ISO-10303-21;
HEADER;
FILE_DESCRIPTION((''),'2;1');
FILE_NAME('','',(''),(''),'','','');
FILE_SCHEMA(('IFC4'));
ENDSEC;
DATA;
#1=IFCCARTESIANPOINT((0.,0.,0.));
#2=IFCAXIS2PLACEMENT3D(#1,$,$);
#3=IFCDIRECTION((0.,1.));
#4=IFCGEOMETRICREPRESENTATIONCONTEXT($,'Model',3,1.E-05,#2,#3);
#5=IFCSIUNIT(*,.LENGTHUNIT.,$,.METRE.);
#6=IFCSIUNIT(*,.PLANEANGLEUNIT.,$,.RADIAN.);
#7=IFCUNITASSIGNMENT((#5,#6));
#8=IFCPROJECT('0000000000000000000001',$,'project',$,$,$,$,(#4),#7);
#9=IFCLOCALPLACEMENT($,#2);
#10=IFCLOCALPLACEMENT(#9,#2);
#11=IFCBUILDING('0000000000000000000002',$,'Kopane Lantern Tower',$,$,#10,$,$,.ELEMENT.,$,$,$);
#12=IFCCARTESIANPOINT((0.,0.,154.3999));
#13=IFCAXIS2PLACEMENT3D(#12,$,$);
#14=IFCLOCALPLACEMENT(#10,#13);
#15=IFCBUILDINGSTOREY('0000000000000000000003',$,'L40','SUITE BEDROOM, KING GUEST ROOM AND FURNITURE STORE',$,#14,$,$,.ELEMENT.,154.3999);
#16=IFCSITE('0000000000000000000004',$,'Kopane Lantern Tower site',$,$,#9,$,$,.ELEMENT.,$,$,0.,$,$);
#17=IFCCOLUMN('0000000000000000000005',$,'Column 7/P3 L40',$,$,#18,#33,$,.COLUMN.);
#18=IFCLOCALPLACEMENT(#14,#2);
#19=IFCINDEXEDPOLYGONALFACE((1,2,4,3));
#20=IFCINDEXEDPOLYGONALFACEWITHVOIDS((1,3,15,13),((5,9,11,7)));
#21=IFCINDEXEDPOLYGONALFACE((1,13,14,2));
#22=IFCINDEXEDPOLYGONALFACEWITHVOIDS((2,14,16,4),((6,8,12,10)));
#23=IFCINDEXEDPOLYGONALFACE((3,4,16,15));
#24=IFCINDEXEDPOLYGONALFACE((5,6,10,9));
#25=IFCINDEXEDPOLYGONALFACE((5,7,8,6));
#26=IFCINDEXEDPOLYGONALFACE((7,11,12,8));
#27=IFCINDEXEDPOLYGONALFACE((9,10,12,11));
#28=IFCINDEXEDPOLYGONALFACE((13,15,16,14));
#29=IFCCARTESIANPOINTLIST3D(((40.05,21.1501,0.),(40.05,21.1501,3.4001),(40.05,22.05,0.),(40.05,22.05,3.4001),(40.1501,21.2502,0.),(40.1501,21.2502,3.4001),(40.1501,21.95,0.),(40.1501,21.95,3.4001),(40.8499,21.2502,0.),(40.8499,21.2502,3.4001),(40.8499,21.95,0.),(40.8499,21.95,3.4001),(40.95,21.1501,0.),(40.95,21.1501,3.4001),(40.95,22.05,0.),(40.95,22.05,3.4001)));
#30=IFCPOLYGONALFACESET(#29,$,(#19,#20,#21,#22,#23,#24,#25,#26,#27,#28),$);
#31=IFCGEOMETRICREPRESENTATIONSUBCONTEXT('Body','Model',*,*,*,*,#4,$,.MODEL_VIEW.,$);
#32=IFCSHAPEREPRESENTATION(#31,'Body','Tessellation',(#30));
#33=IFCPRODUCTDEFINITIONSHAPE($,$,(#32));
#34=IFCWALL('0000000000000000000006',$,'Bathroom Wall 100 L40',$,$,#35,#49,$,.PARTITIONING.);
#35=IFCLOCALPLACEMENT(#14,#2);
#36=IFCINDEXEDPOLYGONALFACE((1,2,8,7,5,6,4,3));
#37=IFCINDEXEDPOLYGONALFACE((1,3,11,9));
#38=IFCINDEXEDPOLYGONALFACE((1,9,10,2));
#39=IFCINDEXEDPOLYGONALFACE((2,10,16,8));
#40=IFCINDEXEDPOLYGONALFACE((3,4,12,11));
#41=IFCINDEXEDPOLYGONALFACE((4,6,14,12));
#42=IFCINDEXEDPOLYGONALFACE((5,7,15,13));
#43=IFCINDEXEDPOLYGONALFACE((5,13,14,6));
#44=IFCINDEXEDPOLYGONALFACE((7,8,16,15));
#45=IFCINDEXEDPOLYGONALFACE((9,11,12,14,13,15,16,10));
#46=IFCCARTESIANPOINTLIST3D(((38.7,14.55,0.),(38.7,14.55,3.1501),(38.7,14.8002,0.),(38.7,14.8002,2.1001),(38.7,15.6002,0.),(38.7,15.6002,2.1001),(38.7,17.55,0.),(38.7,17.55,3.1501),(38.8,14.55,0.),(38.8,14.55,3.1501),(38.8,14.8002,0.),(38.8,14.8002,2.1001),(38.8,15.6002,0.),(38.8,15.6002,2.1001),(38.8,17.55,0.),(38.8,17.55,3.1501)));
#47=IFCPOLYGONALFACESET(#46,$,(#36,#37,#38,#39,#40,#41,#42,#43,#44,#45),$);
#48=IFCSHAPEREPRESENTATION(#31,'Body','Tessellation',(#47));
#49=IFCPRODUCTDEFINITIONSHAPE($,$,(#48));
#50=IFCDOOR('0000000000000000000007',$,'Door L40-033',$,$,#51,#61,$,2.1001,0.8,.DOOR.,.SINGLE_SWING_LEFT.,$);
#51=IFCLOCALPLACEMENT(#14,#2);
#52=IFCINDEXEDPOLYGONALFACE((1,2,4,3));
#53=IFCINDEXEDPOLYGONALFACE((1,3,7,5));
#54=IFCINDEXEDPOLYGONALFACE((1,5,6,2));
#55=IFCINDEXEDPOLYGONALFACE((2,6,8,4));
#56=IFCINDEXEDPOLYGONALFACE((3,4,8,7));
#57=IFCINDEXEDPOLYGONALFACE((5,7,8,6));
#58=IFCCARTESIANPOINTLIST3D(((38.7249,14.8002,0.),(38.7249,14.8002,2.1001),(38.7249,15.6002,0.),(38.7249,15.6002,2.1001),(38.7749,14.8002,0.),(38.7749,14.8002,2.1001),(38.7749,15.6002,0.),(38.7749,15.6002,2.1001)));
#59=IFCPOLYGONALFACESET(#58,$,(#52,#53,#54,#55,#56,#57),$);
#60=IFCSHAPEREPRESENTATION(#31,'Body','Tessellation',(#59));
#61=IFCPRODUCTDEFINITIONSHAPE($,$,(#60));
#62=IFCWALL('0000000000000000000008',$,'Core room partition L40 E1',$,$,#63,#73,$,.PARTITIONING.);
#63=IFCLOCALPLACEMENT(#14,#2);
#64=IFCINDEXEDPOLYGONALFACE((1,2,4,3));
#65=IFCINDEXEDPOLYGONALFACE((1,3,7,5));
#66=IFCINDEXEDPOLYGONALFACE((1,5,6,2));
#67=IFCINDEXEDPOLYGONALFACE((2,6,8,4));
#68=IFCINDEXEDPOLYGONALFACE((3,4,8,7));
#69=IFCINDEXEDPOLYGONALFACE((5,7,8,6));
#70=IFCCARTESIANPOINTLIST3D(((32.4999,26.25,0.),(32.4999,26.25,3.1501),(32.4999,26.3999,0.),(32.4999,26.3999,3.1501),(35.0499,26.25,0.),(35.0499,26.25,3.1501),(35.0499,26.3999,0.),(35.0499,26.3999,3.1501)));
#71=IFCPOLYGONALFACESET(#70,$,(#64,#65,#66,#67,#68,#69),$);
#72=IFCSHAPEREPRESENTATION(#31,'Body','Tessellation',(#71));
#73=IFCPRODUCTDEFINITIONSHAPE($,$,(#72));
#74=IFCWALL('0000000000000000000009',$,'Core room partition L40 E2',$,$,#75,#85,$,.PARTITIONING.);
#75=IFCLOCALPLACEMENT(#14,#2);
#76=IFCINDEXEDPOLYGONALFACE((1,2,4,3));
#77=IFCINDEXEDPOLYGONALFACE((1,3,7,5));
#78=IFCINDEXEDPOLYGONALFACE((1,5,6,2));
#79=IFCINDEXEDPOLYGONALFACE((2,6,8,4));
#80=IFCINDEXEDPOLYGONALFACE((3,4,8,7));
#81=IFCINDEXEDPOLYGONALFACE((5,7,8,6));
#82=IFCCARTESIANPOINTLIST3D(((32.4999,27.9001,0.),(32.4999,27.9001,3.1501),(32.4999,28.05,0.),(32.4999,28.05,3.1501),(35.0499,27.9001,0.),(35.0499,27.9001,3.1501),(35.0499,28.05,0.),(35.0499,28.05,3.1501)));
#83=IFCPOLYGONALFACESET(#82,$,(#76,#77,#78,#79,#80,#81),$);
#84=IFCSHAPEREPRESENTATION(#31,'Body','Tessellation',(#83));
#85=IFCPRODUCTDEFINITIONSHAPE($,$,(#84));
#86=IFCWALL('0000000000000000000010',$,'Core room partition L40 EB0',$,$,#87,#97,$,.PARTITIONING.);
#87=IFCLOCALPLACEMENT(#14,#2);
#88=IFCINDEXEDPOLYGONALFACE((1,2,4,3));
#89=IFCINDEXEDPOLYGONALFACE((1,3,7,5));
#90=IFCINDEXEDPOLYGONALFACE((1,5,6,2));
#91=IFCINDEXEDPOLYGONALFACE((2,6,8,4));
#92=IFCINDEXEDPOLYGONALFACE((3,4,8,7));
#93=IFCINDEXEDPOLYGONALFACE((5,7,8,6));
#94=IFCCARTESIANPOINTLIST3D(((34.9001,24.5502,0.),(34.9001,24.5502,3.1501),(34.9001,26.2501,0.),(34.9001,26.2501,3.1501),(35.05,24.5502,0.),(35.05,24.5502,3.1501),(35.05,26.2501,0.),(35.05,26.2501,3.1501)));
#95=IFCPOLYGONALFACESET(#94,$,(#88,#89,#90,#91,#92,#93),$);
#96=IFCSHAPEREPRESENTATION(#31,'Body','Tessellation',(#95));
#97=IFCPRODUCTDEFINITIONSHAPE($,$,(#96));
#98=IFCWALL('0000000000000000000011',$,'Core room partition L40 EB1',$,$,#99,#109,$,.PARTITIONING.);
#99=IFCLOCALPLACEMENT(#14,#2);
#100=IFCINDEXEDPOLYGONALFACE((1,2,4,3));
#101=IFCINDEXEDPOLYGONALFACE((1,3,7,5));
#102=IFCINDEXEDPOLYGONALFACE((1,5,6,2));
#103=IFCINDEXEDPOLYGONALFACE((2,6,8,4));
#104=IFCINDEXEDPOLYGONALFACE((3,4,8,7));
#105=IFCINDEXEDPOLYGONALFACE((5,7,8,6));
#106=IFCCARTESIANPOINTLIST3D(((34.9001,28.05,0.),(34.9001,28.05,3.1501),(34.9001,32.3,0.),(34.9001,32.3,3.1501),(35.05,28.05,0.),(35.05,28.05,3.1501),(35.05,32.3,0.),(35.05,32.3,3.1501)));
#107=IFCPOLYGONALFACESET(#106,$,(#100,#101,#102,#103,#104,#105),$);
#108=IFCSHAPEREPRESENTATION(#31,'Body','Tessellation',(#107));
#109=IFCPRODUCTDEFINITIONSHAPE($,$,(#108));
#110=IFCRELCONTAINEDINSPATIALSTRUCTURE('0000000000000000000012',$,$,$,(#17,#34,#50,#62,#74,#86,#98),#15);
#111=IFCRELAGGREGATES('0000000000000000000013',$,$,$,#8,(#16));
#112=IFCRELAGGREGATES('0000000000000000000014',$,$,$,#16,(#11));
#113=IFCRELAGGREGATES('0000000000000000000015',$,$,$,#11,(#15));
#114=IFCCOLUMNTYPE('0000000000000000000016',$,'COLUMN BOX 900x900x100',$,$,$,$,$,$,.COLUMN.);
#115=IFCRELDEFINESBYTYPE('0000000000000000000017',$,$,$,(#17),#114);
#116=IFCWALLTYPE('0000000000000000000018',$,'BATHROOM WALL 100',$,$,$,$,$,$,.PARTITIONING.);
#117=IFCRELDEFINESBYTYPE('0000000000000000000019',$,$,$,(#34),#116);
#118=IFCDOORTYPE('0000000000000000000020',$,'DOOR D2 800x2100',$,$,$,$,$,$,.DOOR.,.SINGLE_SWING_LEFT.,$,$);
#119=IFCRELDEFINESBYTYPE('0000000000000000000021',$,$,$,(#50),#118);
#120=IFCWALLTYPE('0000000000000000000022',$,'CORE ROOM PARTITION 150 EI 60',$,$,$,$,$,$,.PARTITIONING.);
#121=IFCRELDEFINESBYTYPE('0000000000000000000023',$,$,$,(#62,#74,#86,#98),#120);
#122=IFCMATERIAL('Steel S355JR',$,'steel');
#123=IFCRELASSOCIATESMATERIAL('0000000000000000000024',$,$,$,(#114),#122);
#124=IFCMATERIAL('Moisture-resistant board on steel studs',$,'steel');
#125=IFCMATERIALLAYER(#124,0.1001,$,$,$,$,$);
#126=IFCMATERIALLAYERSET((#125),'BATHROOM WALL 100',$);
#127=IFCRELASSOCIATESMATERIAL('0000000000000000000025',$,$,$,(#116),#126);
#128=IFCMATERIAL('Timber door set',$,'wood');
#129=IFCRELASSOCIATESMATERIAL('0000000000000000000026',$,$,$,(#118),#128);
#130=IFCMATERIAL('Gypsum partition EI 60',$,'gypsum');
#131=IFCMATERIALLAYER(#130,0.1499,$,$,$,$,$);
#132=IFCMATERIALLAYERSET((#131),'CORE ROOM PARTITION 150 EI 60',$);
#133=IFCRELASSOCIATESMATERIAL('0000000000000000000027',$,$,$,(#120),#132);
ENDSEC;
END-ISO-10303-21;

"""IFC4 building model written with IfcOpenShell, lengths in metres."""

from ifc_helpers import new_model, si_unit, direction, frame, frame_2d, origin, origin_2d, place, context, subcontext, project, spatial, rectangle, hollow_rectangle, extrude, material, layer, layer_set, material_profile, profile_set, type_object, element, fill, save


model = new_model("IFC4")

# Units and contexts
model_context = context("Model", 3, precision=1e-05, world=origin(), true_north=direction((0.0, 1.0)))
body_context = subcontext(model_context, "Body", "Model", "MODEL_VIEW")
ifc_project = project(units=[si_unit("LENGTHUNIT", "METRE"), si_unit("PLANEANGLEUNIT", "RADIAN")], contexts=[model_context])

# Site, building, storey
site_placement = place(None, origin())
site = spatial("IfcSite", under=ifc_project, at=site_placement, Name="Kopane Lantern Tower site", CompositionType="ELEMENT", RefElevation=0.0)
building_placement = place(site_placement, origin())
building = spatial("IfcBuilding", under=site, at=building_placement, Name="Kopane Lantern Tower", CompositionType="ELEMENT")
storey_placement = place(building_placement, frame((0.0, 0.0, 154.3999)))
storey = spatial("IfcBuildingStorey", under=building, at=storey_placement, Name="L40", Description="SUITE BEDROOM, KING GUEST ROOM AND FURNITURE STORE", CompositionType="ELEMENT", Elevation=154.3999)

# Column
ifc_material_1 = material(Name="Steel S355JR", Category="steel")
ifc_material_profile = material_profile(ifc_material_1, hollow_rectangle(XDim=0.8999, YDim=0.8999, WallThickness=0.1001, at=origin_2d()), Name="BOX 900x900x100")
ifc_profile_set = profile_set([ifc_material_profile], Name="Steel S355JR")
column_type = type_object("IfcColumnType", Name="COLUMN BOX 900x900x100", PredefinedType="COLUMN", material=ifc_profile_set)
column_placement = place(storey_placement, frame((40.5, 21.6001, 0.0), z_axis=(0.0, 0.0, 1.0), x_axis=(1.0, 0.0, 0.0)))
element("IfcColumn", 1, at=column_placement, inside=storey, type_object=column_type, Name="Column 7/P3 L40", PredefinedType="COLUMN", context=body_context, shape_type="SweptSolid", body=[
    extrude(hollow_rectangle(XDim=0.8999, YDim=0.8999, WallThickness=0.1001, at=origin_2d()), origin(), (0.0, 0.0, 1.0), 3.4001),
])

# Wall, opening, door
ifc_material_2 = material(Name="Moisture-resistant board on steel studs", Category="steel")
ifc_layer_1 = layer(ifc_material_2, 0.1001)
ifc_layer_set_1 = layer_set([ifc_layer_1], Name="BATHROOM WALL 100")
wall_type_1 = type_object("IfcWallType", Name="BATHROOM WALL 100", PredefinedType="PARTITIONING", material=ifc_layer_set_1)
wall_1_placement = place(storey_placement, frame((38.75, 17.55, 0.0), z_axis=(0.0, 0.0, 1.0), x_axis=(0.0, -1.0, 0.0)))
wall_1 = element("IfcWall", 2, at=wall_1_placement, inside=storey, type_object=wall_type_1, Name="Bathroom Wall 100 L40", PredefinedType="PARTITIONING", context=body_context, shape_type="SweptSolid", body=[
    extrude(rectangle(XDim=3.0, YDim=0.1001, at=frame_2d((1.5, 0.0))), origin(), (0.0, 0.0, 1.0), 3.1501),
])
opening_1_placement = place(wall_1_placement, frame((1.95, 0.0, 0.0)))
opening_1 = element("IfcOpeningElement", 3, at=opening_1_placement, cuts=wall_1, PredefinedType="OPENING", context=body_context, shape_type="SweptSolid", body=[
    extrude(rectangle(XDim=0.8, YDim=2.1001, at=frame_2d((0.3999, 1.05))), frame((0.0, 0.0601, 0.0), z_axis=(0.0, -1.0, 0.0), x_axis=(1.0, 0.0, 0.0)), (0.0, 0.0, 1.0), 0.1201),
])
ifc_material_3 = material(Name="Timber door set", Category="wood")
door_type_1 = type_object("IfcDoorType", Name="DOOR D2 800x2100", OperationType="SINGLE_SWING_LEFT", PredefinedType="DOOR", material=ifc_material_3)
door_1_placement = place(opening_1_placement, origin())
door_1 = element("IfcDoor", 4, at=door_1_placement, inside=storey, type_object=door_type_1, Name="Door L40-033", OperationType="SINGLE_SWING_LEFT", OverallHeight=2.1001, OverallWidth=0.8, PredefinedType="DOOR", context=body_context, shape_type="SweptSolid", body=[
    extrude(rectangle(XDim=0.8, YDim=2.1001, at=frame_2d((0.3999, 1.05))), frame((0.0, 0.0249, 0.0), z_axis=(0.0, -1.0, 0.0), x_axis=(1.0, 0.0, 0.0)), (0.0, 0.0, 1.0), 0.05),
])
fill(opening_1, door_1)

# Walls
ifc_material_4 = material(Name="Gypsum partition EI 60", Category="gypsum")
ifc_layer_2 = layer(ifc_material_4, 0.1499)
ifc_layer_set_2 = layer_set([ifc_layer_2], Name="CORE ROOM PARTITION 150 EI 60")
wall_type_2 = type_object("IfcWallType", Name="CORE ROOM PARTITION 150 EI 60", PredefinedType="PARTITIONING", material=ifc_layer_set_2)
for number, where, z_axis, x_axis, name in (
    (5, (32.5, 26.325, 0.0), (0.0, 0.0, 1.0), (1.0, 0.0, 0.0), "Core room partition L40 E1"),
    (6, (32.5, 27.9751, 0.0), (0.0, 0.0, 1.0), (1.0, 0.0, 0.0), "Core room partition L40 E2"),
):
    element("IfcWall", number, at=place(storey_placement, frame(where, z_axis=z_axis, x_axis=x_axis)), inside=storey, type_object=wall_type_2, Name=name, PredefinedType="PARTITIONING", context=body_context, shape_type="SweptSolid", body=[
        extrude(rectangle(XDim=2.55, YDim=0.1499, at=frame_2d((1.2749, 0.0))), origin(), (0.0, 0.0, 1.0), 3.1501),
    ])
wall_2_placement = place(storey_placement, frame((34.9751, 24.55, 0.0), z_axis=(0.0, 0.0, 1.0), x_axis=(0.0, 1.0, 0.0)))
element("IfcWall", 7, at=wall_2_placement, inside=storey, type_object=wall_type_2, Name="Core room partition L40 EB0", PredefinedType="PARTITIONING", context=body_context, shape_type="SweptSolid", body=[
    extrude(rectangle(XDim=1.7, YDim=0.1499, at=frame_2d((0.8501, 0.0))), origin(), (0.0, 0.0, 1.0), 3.1501),
])
wall_3_placement = place(storey_placement, frame((34.9751, 28.05, 0.0), z_axis=(0.0, 0.0, 1.0), x_axis=(0.0, 1.0, 0.0)))
element("IfcWall", 8, at=wall_3_placement, inside=storey, type_object=wall_type_2, Name="Core room partition L40 EB1", PredefinedType="PARTITIONING", context=body_context, shape_type="SweptSolid", body=[
    extrude(rectangle(XDim=4.25, YDim=0.1499, at=frame_2d((2.125, 0.0))), origin(), (0.0, 0.0, 1.0), 3.1501),
])

save(model, "model.ifc")
